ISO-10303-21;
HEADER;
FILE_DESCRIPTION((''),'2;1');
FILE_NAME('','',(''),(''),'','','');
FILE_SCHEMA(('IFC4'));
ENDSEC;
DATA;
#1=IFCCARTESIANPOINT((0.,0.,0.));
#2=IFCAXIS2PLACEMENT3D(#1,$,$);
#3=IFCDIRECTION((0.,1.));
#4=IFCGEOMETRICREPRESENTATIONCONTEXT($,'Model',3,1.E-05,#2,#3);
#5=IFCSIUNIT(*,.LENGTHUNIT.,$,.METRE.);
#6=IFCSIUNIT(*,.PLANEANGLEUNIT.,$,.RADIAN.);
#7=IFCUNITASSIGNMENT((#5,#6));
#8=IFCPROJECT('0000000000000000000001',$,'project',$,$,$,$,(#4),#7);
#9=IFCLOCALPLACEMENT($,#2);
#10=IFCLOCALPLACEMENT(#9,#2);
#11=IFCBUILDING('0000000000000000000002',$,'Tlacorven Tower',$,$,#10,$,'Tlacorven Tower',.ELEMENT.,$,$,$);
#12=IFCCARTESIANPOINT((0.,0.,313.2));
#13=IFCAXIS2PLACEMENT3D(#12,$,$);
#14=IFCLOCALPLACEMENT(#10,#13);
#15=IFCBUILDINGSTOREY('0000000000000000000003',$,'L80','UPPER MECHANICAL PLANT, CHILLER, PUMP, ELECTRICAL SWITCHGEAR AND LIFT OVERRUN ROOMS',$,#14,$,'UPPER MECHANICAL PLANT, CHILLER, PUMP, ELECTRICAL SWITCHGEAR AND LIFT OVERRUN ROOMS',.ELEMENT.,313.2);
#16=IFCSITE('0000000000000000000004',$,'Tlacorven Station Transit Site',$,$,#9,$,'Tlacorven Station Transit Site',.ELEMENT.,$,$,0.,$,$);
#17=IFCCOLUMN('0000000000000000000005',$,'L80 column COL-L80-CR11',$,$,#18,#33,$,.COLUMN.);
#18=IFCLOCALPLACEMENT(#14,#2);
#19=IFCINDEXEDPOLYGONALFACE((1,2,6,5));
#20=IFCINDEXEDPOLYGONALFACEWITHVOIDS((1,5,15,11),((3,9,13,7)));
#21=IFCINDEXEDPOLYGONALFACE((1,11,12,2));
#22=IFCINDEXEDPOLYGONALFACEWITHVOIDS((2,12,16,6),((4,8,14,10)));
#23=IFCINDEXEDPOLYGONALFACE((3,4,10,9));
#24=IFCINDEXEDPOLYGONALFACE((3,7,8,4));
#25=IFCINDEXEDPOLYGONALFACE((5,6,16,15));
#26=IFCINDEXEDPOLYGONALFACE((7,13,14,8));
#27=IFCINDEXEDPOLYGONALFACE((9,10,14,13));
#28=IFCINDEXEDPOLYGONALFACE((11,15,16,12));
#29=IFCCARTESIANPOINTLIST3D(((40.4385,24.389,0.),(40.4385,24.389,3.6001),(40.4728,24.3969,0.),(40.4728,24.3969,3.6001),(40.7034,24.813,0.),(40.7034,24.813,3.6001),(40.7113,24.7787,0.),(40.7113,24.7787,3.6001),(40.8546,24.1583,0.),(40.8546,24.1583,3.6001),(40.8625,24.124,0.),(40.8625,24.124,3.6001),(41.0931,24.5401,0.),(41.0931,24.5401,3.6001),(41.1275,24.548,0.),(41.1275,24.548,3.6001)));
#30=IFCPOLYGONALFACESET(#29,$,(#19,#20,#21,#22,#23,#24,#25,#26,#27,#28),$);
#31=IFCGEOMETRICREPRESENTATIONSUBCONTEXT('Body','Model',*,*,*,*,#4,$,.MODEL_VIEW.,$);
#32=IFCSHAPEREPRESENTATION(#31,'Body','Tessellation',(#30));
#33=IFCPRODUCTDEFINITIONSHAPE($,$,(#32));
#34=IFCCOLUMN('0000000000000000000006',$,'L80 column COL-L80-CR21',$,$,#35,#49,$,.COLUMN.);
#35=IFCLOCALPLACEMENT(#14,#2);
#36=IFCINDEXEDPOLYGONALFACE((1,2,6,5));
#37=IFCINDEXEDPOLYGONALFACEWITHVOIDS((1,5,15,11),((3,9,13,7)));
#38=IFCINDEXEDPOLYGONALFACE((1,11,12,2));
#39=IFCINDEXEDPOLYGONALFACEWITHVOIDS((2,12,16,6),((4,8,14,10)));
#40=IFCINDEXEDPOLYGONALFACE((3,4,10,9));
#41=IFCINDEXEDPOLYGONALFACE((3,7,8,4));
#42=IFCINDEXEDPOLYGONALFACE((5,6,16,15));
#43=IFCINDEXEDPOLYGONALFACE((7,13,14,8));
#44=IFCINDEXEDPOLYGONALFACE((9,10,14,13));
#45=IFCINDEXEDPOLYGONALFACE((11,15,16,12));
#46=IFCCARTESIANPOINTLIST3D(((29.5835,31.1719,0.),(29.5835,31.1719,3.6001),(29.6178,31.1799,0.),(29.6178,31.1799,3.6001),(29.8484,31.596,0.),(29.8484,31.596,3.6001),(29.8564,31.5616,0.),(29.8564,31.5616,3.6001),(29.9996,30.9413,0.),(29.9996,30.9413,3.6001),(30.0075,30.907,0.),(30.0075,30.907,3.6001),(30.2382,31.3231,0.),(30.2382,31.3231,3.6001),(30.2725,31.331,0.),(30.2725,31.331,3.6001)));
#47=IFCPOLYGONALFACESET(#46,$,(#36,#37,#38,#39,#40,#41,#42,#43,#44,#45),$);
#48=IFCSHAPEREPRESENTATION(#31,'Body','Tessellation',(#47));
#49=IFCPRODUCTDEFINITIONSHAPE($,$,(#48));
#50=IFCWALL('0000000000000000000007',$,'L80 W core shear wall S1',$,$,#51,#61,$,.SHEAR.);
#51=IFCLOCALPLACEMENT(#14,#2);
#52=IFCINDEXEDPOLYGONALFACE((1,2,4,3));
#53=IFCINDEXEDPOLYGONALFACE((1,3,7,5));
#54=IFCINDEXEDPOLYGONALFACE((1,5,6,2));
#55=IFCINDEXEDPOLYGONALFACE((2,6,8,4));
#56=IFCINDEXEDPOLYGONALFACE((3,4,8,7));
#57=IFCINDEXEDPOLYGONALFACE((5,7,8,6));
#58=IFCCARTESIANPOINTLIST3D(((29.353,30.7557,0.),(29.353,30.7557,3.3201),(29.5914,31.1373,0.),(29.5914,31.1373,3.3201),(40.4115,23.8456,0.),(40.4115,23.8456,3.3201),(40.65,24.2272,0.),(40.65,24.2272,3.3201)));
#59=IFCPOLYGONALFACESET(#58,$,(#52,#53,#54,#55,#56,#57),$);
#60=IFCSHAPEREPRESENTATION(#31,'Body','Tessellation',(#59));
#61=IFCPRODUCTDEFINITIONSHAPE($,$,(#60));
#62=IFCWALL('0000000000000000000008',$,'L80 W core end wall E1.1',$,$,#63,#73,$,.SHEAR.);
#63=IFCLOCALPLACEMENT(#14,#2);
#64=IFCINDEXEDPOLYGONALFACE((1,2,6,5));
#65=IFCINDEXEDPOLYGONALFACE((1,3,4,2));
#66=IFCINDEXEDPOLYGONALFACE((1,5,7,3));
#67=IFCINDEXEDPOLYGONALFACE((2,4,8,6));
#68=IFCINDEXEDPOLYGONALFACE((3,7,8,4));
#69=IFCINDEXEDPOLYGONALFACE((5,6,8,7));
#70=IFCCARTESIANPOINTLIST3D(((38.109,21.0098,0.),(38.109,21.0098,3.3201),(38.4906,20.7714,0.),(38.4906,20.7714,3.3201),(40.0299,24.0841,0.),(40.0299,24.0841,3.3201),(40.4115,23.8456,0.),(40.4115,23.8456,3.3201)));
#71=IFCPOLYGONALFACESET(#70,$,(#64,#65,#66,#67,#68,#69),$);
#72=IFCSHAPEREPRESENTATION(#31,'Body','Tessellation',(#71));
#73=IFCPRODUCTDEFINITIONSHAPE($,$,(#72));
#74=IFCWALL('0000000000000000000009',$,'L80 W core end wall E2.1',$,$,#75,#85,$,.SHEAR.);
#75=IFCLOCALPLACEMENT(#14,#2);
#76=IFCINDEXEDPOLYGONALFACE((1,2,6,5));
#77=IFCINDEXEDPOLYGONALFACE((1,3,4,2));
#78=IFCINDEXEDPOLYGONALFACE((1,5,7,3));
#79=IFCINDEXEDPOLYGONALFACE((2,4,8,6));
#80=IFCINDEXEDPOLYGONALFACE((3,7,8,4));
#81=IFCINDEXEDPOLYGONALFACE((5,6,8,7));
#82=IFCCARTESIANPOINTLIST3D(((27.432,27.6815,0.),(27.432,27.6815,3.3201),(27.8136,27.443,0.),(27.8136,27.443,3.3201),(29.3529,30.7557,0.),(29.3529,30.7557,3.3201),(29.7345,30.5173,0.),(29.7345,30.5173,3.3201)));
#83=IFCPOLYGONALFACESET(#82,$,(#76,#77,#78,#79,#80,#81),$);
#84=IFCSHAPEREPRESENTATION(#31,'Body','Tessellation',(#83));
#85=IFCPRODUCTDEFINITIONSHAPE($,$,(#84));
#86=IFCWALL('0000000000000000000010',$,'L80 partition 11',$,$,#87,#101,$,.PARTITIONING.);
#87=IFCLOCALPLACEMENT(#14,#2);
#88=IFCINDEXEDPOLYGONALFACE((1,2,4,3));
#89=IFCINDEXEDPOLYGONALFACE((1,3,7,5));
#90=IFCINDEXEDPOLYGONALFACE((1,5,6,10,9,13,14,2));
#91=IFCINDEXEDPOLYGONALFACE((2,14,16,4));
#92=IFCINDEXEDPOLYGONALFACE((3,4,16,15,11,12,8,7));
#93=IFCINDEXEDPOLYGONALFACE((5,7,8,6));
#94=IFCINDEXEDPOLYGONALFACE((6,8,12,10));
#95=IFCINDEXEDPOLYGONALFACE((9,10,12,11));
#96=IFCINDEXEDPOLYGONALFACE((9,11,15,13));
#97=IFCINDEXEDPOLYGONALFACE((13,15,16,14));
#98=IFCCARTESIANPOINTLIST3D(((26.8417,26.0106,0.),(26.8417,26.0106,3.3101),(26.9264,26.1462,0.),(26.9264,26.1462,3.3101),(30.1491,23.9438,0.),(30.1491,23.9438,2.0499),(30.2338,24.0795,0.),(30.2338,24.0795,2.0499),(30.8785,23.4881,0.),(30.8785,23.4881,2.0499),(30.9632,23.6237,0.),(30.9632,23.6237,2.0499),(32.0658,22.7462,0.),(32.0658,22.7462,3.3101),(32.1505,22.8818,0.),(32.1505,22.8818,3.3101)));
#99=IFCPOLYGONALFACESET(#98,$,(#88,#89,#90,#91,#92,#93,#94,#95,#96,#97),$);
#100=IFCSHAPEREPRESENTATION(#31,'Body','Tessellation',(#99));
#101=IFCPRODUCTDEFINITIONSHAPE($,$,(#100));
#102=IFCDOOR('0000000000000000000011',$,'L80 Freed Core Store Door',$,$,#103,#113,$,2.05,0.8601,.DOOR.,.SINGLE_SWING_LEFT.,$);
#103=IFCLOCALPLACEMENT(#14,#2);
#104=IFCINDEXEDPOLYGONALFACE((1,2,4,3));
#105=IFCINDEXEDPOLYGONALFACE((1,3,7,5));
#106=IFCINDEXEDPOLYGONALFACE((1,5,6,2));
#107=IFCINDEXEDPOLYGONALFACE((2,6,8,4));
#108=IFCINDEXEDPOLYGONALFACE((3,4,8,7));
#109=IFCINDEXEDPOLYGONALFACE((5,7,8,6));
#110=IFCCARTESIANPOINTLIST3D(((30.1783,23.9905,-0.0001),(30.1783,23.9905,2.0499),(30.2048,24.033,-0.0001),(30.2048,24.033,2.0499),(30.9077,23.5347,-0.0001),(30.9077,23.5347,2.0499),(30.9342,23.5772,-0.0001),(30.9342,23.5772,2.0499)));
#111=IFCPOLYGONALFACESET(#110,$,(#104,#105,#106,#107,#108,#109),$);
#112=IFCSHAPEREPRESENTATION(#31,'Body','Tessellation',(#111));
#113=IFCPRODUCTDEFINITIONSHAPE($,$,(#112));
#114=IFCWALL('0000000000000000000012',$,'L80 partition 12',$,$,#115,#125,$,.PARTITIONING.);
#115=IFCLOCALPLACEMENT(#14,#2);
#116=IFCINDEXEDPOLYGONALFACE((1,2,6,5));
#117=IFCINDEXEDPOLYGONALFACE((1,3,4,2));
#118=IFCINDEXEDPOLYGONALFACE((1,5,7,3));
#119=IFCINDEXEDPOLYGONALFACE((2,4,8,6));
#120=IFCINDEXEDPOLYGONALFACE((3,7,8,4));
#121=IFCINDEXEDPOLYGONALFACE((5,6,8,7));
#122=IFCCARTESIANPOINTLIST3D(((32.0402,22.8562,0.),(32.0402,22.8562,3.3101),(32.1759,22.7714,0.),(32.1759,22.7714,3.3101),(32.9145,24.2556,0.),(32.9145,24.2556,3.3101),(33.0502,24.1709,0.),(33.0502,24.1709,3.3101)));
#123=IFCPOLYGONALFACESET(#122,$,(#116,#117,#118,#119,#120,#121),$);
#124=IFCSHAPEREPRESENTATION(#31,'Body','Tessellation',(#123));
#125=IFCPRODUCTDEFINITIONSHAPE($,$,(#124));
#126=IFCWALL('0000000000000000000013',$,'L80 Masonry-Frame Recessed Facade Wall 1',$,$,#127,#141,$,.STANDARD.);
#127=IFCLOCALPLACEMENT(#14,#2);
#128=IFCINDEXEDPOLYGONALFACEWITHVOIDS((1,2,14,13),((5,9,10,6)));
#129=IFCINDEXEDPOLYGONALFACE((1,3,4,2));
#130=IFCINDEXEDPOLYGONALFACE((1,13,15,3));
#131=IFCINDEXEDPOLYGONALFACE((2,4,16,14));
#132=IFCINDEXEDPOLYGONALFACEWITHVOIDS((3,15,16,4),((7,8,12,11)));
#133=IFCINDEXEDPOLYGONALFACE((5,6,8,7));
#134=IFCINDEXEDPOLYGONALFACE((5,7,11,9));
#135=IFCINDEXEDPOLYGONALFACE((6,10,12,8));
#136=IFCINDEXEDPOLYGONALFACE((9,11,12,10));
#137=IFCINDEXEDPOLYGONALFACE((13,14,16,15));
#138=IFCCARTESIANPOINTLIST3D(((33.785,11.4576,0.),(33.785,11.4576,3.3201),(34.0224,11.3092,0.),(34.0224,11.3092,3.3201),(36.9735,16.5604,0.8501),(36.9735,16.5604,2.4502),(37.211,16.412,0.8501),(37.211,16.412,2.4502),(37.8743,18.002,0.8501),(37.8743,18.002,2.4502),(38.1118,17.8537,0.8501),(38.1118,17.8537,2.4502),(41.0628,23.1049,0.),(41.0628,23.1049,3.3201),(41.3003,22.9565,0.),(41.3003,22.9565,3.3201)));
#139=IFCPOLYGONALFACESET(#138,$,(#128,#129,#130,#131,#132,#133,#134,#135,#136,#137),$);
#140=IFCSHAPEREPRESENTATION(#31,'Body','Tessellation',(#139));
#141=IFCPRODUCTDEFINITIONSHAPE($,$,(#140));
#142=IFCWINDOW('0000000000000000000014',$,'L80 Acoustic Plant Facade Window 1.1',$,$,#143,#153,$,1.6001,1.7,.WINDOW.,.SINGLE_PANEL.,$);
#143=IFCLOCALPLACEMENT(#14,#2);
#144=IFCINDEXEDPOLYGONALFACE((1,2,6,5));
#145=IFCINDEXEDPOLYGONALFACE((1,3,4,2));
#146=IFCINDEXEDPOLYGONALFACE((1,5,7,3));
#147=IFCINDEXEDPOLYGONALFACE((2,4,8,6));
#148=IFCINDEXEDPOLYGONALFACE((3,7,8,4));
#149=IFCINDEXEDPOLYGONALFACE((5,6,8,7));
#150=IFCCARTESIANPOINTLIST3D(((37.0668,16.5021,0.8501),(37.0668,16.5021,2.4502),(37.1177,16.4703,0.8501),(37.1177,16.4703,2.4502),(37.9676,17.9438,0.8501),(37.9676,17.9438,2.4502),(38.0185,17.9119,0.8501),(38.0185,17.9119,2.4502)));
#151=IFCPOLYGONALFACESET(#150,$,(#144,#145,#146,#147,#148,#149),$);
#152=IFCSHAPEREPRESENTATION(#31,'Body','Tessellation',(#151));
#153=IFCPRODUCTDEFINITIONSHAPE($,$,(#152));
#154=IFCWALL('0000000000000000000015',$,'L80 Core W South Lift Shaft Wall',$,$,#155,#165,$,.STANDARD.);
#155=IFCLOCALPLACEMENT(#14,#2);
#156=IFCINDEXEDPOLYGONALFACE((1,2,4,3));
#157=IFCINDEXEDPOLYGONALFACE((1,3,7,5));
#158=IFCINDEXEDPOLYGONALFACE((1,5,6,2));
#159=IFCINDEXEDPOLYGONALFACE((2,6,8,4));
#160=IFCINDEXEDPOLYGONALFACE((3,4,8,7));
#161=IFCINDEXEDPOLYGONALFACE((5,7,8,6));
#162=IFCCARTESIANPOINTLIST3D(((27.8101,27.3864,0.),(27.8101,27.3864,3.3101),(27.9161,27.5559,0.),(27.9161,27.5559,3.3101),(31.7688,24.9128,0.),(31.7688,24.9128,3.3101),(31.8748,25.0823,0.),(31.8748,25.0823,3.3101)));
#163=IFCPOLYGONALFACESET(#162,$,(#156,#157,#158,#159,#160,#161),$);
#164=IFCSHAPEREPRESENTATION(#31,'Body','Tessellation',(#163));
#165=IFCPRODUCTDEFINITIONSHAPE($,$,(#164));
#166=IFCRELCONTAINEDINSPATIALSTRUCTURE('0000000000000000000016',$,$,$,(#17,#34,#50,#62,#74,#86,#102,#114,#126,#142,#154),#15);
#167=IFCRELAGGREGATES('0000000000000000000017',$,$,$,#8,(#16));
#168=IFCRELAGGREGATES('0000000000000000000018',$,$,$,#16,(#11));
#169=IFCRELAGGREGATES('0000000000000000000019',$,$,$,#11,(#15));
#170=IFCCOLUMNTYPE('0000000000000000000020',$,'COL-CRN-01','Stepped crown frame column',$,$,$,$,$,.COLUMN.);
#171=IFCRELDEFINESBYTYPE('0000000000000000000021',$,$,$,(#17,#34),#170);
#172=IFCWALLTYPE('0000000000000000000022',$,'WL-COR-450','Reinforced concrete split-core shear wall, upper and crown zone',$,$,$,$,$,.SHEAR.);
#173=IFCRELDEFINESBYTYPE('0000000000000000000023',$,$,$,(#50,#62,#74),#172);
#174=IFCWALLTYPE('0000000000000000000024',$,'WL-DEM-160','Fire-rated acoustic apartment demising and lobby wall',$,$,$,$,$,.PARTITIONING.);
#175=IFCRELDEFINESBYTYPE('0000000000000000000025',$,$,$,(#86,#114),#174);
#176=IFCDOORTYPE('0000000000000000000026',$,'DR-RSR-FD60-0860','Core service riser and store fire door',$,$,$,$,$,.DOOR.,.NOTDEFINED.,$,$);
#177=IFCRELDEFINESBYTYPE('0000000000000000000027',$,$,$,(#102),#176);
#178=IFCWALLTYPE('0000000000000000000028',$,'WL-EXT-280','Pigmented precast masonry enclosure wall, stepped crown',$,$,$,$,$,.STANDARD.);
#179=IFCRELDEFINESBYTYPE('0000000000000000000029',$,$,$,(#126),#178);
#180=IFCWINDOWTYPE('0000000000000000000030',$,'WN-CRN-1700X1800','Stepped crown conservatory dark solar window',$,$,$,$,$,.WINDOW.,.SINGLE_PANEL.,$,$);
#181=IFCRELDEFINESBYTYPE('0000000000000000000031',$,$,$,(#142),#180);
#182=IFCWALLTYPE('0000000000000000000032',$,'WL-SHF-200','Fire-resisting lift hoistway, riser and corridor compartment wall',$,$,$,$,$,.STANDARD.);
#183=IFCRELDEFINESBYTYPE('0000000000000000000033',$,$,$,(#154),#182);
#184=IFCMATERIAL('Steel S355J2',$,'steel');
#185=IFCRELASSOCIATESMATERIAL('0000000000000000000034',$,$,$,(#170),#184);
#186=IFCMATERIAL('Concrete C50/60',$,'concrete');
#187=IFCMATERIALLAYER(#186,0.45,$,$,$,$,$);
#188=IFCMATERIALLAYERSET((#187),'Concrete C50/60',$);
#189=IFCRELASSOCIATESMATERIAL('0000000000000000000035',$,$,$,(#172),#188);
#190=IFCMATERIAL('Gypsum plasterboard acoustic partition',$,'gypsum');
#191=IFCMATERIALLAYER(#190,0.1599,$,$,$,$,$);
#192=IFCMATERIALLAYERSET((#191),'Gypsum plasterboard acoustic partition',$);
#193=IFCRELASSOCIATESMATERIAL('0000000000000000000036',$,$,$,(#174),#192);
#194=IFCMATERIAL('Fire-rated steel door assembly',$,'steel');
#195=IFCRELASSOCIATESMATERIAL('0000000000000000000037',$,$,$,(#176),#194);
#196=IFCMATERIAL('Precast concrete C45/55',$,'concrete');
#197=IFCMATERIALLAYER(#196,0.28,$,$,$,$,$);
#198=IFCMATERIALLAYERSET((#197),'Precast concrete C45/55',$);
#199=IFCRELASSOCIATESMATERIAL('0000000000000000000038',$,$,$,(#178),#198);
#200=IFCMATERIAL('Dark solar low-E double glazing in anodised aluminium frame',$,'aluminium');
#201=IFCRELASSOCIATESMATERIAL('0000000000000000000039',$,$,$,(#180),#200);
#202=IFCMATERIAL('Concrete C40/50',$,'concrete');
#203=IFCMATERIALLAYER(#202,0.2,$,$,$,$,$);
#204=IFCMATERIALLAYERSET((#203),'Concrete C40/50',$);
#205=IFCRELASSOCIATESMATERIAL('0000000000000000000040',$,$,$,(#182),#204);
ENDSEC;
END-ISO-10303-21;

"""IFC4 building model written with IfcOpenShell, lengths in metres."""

from ifc_helpers import new_model, si_unit, direction, frame, frame_2d, origin, origin_2d, place, context, subcontext, project, spatial, rectangle, hollow_rectangle, extrude, source, transform, mapped, material, layer, layer_set, material_profile, profile_set, type_object, element, fill, save


model = new_model("IFC4")

# Units and contexts
model_context = context("Model", 3, precision=1e-05, world=origin(), true_north=direction((0.0, 1.0)))
body_context = subcontext(model_context, "Body", "Model", "MODEL_VIEW")
ifc_project = project(units=[si_unit("LENGTHUNIT", "METRE"), si_unit("PLANEANGLEUNIT", "RADIAN")], contexts=[model_context])

# Site, building, storey
site_placement = place(None, origin())
site = spatial("IfcSite", under=ifc_project, at=site_placement, Name="Tlacorven Station Transit Site", LongName="Tlacorven Station Transit Site", CompositionType="ELEMENT", RefElevation=0.0)
building_placement = place(site_placement, origin())
building = spatial("IfcBuilding", under=site, at=building_placement, Name="Tlacorven Tower", LongName="Tlacorven Tower", CompositionType="ELEMENT")
storey_placement = place(building_placement, frame((0.0, 0.0, 313.2)))
storey = spatial("IfcBuildingStorey", under=building, at=storey_placement, Name="L80", Description="UPPER MECHANICAL PLANT, CHILLER, PUMP, ELECTRICAL SWITCHGEAR AND LIFT OVERRUN ROOMS", LongName="UPPER MECHANICAL PLANT, CHILLER, PUMP, ELECTRICAL SWITCHGEAR AND LIFT OVERRUN ROOMS", CompositionType="ELEMENT", Elevation=313.2)

# Columns
ifc_material_1 = material(Name="Steel S355J2", Category="steel")
ifc_material_profile = material_profile(ifc_material_1, hollow_rectangle(XDim=0.5, YDim=0.5, WallThickness=0.0249, at=origin_2d()), Name="BOX 500X500X25")
ifc_profile_set = profile_set([ifc_material_profile], Name="Steel S355J2")
column_type = type_object("IfcColumnType", Name="COL-CRN-01", Description="Stepped crown frame column", PredefinedType="COLUMN", material=ifc_profile_set)
shared_shape_1 = source(origin(), body_context, "Body", "SweptSolid", [
    extrude(hollow_rectangle(XDim=0.5, YDim=0.5, WallThickness=0.0249, at=origin_2d()), origin(), (0.0, 0.0, 1.0), 3.6001),
])
for number, where, z_axis, x_axis, name in (
    (1, (40.783, 24.4685, 0.0), (0.0, 0.0, 1.0), (-0.848048, 0.529919, 0.0), "L80 column COL-L80-CR11"),
    (2, (29.928, 31.2515, 0.0), (0.0, 0.0, 1.0), (-0.848048, 0.529919, 0.0), "L80 column COL-L80-CR21"),
):
    element("IfcColumn", number, at=place(storey_placement, frame(where, z_axis=z_axis, x_axis=x_axis)), inside=storey, type_object=column_type, Name=name, PredefinedType="COLUMN", context=body_context, shape_type="MappedRepresentation", body=[
        mapped(shared_shape_1, transform((0.0, 0.0, 0.0), scale=1.0)),
    ])

# Walls
ifc_material_2 = material(Name="Concrete C50/60", Category="concrete")
ifc_layer_1 = layer(ifc_material_2, 0.45)
ifc_layer_set_1 = layer_set([ifc_layer_1], Name="Concrete C50/60")
wall_type_1 = type_object("IfcWallType", Name="WL-COR-450", Description="Reinforced concrete split-core shear wall, upper and crown zone", PredefinedType="SHEAR", material=ifc_layer_set_1)
wall_1_placement = place(storey_placement, frame((40.5308, 24.0364, 0.0), z_axis=(0.0, 0.0, 1.0), x_axis=(-0.848049, 0.529918, 0.0)))
element("IfcWall", 3, at=wall_1_placement, inside=storey, type_object=wall_type_1, Name="L80 W core shear wall S1", PredefinedType="SHEAR", context=body_context, shape_type="SweptSolid", body=[
    extrude(rectangle(XDim=13.04, YDim=0.45, at=frame_2d((6.52, 0.0))), origin(), (0.0, 0.0, 1.0), 3.3201),
])
for number, where, z_axis, x_axis, name in (
    (4, (40.2207, 23.9648, 0.0), (0.0, 0.0, 1.0), (-0.529902, -0.848059, 0.0), "L80 W core end wall E1.1"),
    (5, (29.5437, 30.6365, 0.0), (0.0, 0.0, 1.0), (-0.529902, -0.848059, 0.0), "L80 W core end wall E2.1"),
):
    element("IfcWall", number, at=place(storey_placement, frame(where, z_axis=z_axis, x_axis=x_axis)), inside=storey, type_object=wall_type_1, Name=name, PredefinedType="SHEAR", context=body_context, shape_type="SweptSolid", body=[
        extrude(rectangle(XDim=3.625, YDim=0.45, at=frame_2d((1.8125, 0.0))), origin(), (0.0, 0.0, 1.0), 3.3201),
    ])

# Wall, opening, door
ifc_material_3 = material(Name="Gypsum plasterboard acoustic partition", Category="gypsum")
ifc_layer_2 = layer(ifc_material_3, 0.1599)
ifc_layer_set_2 = layer_set([ifc_layer_2], Name="Gypsum plasterboard acoustic partition")
wall_type_2 = type_object("IfcWallType", Name="WL-DEM-160", Description="Fire-rated acoustic apartment demising and lobby wall", PredefinedType="PARTITIONING", material=ifc_layer_set_2)
wall_2_placement = place(storey_placement, frame((32.1082, 22.814, 0.0), z_axis=(0.0, 0.0, 1.0), x_axis=(-0.848047, 0.529921, 0.0)))
wall_2 = element("IfcWall", 6, at=wall_2_placement, inside=storey, type_object=wall_type_2, Name="L80 partition 11", PredefinedType="PARTITIONING", context=body_context, shape_type="SweptSolid", body=[
    extrude(rectangle(XDim=6.1602, YDim=0.1599, at=frame_2d((3.0801, 0.0))), origin(), (0.0, 0.0, 1.0), 3.3101),
])
opening_1_placement = place(wall_2_placement, frame((1.3999, 0.0, 0.0)))
opening_1 = element("IfcOpeningElement", 7, at=opening_1_placement, cuts=wall_2, PredefinedType="OPENING", context=body_context, shape_type="SweptSolid", body=[
    extrude(rectangle(XDim=0.8601, YDim=2.05, at=frame_2d((0.4302, 1.0249))), frame((0.0, 0.0898, 0.0), z_axis=(0.0, -1.0, 0.0), x_axis=(1.0, 0.0, 0.0)), (0.0, 0.0, 1.0), 0.1799),
])
ifc_material_4 = material(Name="Fire-rated steel door assembly", Category="steel")
door_type = type_object("IfcDoorType", Name="DR-RSR-FD60-0860", Description="Core service riser and store fire door", OperationType="NOTDEFINED", PredefinedType="DOOR", material=ifc_material_4)
shared_shape_2 = source(origin(), body_context, "Body", "SweptSolid", [
    extrude(rectangle(XDim=0.8601, YDim=2.05, at=frame_2d((0.4302, 1.0249))), frame((0.0, 0.0249, 0.0), z_axis=(0.0, -1.0, 0.0), x_axis=(1.0, 0.0, 0.0)), (0.0, 0.0, 1.0), 0.05),
])
door_1_placement = place(opening_1_placement, origin())
door_1 = element("IfcDoor", 8, at=door_1_placement, inside=storey, type_object=door_type, Name="L80 Freed Core Store Door", OperationType="SINGLE_SWING_LEFT", OverallHeight=2.05, OverallWidth=0.8601, PredefinedType="DOOR", context=body_context, shape_type="MappedRepresentation", body=[
    mapped(shared_shape_2, transform((0.0, 0.0, 0.0), scale=1.0)),
])
fill(opening_1, door_1)

# Wall
wall_3_placement = place(storey_placement, frame((32.9824, 24.2134, 0.0), z_axis=(0.0, 0.0, 1.0), x_axis=(-0.529839, -0.848098, 0.0)))
element("IfcWall", 9, at=wall_3_placement, inside=storey, type_object=wall_type_2, Name="L80 partition 12", PredefinedType="PARTITIONING", context=body_context, shape_type="SweptSolid", body=[
    extrude(rectangle(XDim=1.6501, YDim=0.1599, at=frame_2d((0.8252, 0.0))), origin(), (0.0, 0.0, 1.0), 3.3101),
])

# Wall, opening, window
ifc_material_5 = material(Name="Precast concrete C45/55", Category="concrete")
ifc_layer_3 = layer(ifc_material_5, 0.28)
ifc_layer_set_3 = layer_set([ifc_layer_3], Name="Precast concrete C45/55")
wall_type_3 = type_object("IfcWallType", Name="WL-EXT-280", Description="Pigmented precast masonry enclosure wall, stepped crown", PredefinedType="STANDARD", material=ifc_layer_set_3)
wall_4_placement = place(storey_placement, frame((41.1816, 23.0308, 0.0), z_axis=(0.0, 0.0, 1.0), x_axis=(-0.529911, -0.848053, 0.0)))
wall_4 = element("IfcWall", 10, at=wall_4_placement, inside=storey, type_object=wall_type_3, Name="L80 Masonry-Frame Recessed Facade Wall 1", PredefinedType="STANDARD", context=body_context, shape_type="SweptSolid", body=[
    extrude(rectangle(XDim=13.7341, YDim=0.28, at=frame_2d((6.8672, 0.0))), origin(), (0.0, 0.0, 1.0), 3.3201),
])
opening_2_placement = place(wall_4_placement, frame((6.0171, 0.0, 0.8501)))
opening_2 = element("IfcOpeningElement", 11, at=opening_2_placement, cuts=wall_4, PredefinedType="OPENING", context=body_context, shape_type="SweptSolid", body=[
    extrude(rectangle(XDim=1.7, YDim=1.6001, at=frame_2d((0.8501, 0.8))), frame((0.0, 0.1499, 0.0), z_axis=(0.0, -1.0, 0.0), x_axis=(1.0, 0.0, 0.0)), (0.0, 0.0, 1.0), 0.3),
])
ifc_material_6 = material(Name="Dark solar low-E double glazing in anodised aluminium frame", Category="aluminium")
window_type = type_object("IfcWindowType", Name="WN-CRN-1700X1800", Description="Stepped crown conservatory dark solar window", PartitioningType="SINGLE_PANEL", PredefinedType="WINDOW", material=ifc_material_6)
shared_shape_3 = source(origin(), body_context, "Body", "SweptSolid", [
    extrude(rectangle(XDim=1.7, YDim=1.6001, at=frame_2d((0.8501, 0.8))), frame((0.0, 0.03, 0.0), z_axis=(0.0, -1.0, 0.0), x_axis=(1.0, 0.0, 0.0)), (0.0, 0.0, 1.0), 0.0601),
])
window_placement = place(opening_2_placement, origin())
window = element("IfcWindow", 12, at=window_placement, inside=storey, type_object=window_type, Name="L80 Acoustic Plant Facade Window 1.1", OverallHeight=1.6001, OverallWidth=1.7, PartitioningType="SINGLE_PANEL", PredefinedType="WINDOW", context=body_context, shape_type="MappedRepresentation", body=[
    mapped(shared_shape_3, transform((0.0, 0.0, 0.0), scale=1.0)),
])
fill(opening_2, window)

# Wall
ifc_material_7 = material(Name="Concrete C40/50", Category="concrete")
ifc_layer_4 = layer(ifc_material_7, 0.2)
ifc_layer_set_4 = layer_set([ifc_layer_4], Name="Concrete C40/50")
wall_type_4 = type_object("IfcWallType", Name="WL-SHF-200", Description="Fire-resisting lift hoistway, riser and corridor compartment wall", PredefinedType="STANDARD", material=ifc_layer_set_4)
wall_5_placement = place(storey_placement, frame((31.8218, 24.9976, 0.0), z_axis=(0.0, 0.0, 1.0), x_axis=(-0.848054, 0.52991, 0.0)))
element("IfcWall", 13, at=wall_5_placement, inside=storey, type_object=wall_type_4, Name="L80 Core W South Lift Shaft Wall", PredefinedType="STANDARD", context=body_context, shape_type="SweptSolid", body=[
    extrude(rectangle(XDim=4.668, YDim=0.2, at=frame_2d((2.334, 0.0))), origin(), (0.0, 0.0, 1.0), 3.3101),
])

save(model, "model.ifc")
